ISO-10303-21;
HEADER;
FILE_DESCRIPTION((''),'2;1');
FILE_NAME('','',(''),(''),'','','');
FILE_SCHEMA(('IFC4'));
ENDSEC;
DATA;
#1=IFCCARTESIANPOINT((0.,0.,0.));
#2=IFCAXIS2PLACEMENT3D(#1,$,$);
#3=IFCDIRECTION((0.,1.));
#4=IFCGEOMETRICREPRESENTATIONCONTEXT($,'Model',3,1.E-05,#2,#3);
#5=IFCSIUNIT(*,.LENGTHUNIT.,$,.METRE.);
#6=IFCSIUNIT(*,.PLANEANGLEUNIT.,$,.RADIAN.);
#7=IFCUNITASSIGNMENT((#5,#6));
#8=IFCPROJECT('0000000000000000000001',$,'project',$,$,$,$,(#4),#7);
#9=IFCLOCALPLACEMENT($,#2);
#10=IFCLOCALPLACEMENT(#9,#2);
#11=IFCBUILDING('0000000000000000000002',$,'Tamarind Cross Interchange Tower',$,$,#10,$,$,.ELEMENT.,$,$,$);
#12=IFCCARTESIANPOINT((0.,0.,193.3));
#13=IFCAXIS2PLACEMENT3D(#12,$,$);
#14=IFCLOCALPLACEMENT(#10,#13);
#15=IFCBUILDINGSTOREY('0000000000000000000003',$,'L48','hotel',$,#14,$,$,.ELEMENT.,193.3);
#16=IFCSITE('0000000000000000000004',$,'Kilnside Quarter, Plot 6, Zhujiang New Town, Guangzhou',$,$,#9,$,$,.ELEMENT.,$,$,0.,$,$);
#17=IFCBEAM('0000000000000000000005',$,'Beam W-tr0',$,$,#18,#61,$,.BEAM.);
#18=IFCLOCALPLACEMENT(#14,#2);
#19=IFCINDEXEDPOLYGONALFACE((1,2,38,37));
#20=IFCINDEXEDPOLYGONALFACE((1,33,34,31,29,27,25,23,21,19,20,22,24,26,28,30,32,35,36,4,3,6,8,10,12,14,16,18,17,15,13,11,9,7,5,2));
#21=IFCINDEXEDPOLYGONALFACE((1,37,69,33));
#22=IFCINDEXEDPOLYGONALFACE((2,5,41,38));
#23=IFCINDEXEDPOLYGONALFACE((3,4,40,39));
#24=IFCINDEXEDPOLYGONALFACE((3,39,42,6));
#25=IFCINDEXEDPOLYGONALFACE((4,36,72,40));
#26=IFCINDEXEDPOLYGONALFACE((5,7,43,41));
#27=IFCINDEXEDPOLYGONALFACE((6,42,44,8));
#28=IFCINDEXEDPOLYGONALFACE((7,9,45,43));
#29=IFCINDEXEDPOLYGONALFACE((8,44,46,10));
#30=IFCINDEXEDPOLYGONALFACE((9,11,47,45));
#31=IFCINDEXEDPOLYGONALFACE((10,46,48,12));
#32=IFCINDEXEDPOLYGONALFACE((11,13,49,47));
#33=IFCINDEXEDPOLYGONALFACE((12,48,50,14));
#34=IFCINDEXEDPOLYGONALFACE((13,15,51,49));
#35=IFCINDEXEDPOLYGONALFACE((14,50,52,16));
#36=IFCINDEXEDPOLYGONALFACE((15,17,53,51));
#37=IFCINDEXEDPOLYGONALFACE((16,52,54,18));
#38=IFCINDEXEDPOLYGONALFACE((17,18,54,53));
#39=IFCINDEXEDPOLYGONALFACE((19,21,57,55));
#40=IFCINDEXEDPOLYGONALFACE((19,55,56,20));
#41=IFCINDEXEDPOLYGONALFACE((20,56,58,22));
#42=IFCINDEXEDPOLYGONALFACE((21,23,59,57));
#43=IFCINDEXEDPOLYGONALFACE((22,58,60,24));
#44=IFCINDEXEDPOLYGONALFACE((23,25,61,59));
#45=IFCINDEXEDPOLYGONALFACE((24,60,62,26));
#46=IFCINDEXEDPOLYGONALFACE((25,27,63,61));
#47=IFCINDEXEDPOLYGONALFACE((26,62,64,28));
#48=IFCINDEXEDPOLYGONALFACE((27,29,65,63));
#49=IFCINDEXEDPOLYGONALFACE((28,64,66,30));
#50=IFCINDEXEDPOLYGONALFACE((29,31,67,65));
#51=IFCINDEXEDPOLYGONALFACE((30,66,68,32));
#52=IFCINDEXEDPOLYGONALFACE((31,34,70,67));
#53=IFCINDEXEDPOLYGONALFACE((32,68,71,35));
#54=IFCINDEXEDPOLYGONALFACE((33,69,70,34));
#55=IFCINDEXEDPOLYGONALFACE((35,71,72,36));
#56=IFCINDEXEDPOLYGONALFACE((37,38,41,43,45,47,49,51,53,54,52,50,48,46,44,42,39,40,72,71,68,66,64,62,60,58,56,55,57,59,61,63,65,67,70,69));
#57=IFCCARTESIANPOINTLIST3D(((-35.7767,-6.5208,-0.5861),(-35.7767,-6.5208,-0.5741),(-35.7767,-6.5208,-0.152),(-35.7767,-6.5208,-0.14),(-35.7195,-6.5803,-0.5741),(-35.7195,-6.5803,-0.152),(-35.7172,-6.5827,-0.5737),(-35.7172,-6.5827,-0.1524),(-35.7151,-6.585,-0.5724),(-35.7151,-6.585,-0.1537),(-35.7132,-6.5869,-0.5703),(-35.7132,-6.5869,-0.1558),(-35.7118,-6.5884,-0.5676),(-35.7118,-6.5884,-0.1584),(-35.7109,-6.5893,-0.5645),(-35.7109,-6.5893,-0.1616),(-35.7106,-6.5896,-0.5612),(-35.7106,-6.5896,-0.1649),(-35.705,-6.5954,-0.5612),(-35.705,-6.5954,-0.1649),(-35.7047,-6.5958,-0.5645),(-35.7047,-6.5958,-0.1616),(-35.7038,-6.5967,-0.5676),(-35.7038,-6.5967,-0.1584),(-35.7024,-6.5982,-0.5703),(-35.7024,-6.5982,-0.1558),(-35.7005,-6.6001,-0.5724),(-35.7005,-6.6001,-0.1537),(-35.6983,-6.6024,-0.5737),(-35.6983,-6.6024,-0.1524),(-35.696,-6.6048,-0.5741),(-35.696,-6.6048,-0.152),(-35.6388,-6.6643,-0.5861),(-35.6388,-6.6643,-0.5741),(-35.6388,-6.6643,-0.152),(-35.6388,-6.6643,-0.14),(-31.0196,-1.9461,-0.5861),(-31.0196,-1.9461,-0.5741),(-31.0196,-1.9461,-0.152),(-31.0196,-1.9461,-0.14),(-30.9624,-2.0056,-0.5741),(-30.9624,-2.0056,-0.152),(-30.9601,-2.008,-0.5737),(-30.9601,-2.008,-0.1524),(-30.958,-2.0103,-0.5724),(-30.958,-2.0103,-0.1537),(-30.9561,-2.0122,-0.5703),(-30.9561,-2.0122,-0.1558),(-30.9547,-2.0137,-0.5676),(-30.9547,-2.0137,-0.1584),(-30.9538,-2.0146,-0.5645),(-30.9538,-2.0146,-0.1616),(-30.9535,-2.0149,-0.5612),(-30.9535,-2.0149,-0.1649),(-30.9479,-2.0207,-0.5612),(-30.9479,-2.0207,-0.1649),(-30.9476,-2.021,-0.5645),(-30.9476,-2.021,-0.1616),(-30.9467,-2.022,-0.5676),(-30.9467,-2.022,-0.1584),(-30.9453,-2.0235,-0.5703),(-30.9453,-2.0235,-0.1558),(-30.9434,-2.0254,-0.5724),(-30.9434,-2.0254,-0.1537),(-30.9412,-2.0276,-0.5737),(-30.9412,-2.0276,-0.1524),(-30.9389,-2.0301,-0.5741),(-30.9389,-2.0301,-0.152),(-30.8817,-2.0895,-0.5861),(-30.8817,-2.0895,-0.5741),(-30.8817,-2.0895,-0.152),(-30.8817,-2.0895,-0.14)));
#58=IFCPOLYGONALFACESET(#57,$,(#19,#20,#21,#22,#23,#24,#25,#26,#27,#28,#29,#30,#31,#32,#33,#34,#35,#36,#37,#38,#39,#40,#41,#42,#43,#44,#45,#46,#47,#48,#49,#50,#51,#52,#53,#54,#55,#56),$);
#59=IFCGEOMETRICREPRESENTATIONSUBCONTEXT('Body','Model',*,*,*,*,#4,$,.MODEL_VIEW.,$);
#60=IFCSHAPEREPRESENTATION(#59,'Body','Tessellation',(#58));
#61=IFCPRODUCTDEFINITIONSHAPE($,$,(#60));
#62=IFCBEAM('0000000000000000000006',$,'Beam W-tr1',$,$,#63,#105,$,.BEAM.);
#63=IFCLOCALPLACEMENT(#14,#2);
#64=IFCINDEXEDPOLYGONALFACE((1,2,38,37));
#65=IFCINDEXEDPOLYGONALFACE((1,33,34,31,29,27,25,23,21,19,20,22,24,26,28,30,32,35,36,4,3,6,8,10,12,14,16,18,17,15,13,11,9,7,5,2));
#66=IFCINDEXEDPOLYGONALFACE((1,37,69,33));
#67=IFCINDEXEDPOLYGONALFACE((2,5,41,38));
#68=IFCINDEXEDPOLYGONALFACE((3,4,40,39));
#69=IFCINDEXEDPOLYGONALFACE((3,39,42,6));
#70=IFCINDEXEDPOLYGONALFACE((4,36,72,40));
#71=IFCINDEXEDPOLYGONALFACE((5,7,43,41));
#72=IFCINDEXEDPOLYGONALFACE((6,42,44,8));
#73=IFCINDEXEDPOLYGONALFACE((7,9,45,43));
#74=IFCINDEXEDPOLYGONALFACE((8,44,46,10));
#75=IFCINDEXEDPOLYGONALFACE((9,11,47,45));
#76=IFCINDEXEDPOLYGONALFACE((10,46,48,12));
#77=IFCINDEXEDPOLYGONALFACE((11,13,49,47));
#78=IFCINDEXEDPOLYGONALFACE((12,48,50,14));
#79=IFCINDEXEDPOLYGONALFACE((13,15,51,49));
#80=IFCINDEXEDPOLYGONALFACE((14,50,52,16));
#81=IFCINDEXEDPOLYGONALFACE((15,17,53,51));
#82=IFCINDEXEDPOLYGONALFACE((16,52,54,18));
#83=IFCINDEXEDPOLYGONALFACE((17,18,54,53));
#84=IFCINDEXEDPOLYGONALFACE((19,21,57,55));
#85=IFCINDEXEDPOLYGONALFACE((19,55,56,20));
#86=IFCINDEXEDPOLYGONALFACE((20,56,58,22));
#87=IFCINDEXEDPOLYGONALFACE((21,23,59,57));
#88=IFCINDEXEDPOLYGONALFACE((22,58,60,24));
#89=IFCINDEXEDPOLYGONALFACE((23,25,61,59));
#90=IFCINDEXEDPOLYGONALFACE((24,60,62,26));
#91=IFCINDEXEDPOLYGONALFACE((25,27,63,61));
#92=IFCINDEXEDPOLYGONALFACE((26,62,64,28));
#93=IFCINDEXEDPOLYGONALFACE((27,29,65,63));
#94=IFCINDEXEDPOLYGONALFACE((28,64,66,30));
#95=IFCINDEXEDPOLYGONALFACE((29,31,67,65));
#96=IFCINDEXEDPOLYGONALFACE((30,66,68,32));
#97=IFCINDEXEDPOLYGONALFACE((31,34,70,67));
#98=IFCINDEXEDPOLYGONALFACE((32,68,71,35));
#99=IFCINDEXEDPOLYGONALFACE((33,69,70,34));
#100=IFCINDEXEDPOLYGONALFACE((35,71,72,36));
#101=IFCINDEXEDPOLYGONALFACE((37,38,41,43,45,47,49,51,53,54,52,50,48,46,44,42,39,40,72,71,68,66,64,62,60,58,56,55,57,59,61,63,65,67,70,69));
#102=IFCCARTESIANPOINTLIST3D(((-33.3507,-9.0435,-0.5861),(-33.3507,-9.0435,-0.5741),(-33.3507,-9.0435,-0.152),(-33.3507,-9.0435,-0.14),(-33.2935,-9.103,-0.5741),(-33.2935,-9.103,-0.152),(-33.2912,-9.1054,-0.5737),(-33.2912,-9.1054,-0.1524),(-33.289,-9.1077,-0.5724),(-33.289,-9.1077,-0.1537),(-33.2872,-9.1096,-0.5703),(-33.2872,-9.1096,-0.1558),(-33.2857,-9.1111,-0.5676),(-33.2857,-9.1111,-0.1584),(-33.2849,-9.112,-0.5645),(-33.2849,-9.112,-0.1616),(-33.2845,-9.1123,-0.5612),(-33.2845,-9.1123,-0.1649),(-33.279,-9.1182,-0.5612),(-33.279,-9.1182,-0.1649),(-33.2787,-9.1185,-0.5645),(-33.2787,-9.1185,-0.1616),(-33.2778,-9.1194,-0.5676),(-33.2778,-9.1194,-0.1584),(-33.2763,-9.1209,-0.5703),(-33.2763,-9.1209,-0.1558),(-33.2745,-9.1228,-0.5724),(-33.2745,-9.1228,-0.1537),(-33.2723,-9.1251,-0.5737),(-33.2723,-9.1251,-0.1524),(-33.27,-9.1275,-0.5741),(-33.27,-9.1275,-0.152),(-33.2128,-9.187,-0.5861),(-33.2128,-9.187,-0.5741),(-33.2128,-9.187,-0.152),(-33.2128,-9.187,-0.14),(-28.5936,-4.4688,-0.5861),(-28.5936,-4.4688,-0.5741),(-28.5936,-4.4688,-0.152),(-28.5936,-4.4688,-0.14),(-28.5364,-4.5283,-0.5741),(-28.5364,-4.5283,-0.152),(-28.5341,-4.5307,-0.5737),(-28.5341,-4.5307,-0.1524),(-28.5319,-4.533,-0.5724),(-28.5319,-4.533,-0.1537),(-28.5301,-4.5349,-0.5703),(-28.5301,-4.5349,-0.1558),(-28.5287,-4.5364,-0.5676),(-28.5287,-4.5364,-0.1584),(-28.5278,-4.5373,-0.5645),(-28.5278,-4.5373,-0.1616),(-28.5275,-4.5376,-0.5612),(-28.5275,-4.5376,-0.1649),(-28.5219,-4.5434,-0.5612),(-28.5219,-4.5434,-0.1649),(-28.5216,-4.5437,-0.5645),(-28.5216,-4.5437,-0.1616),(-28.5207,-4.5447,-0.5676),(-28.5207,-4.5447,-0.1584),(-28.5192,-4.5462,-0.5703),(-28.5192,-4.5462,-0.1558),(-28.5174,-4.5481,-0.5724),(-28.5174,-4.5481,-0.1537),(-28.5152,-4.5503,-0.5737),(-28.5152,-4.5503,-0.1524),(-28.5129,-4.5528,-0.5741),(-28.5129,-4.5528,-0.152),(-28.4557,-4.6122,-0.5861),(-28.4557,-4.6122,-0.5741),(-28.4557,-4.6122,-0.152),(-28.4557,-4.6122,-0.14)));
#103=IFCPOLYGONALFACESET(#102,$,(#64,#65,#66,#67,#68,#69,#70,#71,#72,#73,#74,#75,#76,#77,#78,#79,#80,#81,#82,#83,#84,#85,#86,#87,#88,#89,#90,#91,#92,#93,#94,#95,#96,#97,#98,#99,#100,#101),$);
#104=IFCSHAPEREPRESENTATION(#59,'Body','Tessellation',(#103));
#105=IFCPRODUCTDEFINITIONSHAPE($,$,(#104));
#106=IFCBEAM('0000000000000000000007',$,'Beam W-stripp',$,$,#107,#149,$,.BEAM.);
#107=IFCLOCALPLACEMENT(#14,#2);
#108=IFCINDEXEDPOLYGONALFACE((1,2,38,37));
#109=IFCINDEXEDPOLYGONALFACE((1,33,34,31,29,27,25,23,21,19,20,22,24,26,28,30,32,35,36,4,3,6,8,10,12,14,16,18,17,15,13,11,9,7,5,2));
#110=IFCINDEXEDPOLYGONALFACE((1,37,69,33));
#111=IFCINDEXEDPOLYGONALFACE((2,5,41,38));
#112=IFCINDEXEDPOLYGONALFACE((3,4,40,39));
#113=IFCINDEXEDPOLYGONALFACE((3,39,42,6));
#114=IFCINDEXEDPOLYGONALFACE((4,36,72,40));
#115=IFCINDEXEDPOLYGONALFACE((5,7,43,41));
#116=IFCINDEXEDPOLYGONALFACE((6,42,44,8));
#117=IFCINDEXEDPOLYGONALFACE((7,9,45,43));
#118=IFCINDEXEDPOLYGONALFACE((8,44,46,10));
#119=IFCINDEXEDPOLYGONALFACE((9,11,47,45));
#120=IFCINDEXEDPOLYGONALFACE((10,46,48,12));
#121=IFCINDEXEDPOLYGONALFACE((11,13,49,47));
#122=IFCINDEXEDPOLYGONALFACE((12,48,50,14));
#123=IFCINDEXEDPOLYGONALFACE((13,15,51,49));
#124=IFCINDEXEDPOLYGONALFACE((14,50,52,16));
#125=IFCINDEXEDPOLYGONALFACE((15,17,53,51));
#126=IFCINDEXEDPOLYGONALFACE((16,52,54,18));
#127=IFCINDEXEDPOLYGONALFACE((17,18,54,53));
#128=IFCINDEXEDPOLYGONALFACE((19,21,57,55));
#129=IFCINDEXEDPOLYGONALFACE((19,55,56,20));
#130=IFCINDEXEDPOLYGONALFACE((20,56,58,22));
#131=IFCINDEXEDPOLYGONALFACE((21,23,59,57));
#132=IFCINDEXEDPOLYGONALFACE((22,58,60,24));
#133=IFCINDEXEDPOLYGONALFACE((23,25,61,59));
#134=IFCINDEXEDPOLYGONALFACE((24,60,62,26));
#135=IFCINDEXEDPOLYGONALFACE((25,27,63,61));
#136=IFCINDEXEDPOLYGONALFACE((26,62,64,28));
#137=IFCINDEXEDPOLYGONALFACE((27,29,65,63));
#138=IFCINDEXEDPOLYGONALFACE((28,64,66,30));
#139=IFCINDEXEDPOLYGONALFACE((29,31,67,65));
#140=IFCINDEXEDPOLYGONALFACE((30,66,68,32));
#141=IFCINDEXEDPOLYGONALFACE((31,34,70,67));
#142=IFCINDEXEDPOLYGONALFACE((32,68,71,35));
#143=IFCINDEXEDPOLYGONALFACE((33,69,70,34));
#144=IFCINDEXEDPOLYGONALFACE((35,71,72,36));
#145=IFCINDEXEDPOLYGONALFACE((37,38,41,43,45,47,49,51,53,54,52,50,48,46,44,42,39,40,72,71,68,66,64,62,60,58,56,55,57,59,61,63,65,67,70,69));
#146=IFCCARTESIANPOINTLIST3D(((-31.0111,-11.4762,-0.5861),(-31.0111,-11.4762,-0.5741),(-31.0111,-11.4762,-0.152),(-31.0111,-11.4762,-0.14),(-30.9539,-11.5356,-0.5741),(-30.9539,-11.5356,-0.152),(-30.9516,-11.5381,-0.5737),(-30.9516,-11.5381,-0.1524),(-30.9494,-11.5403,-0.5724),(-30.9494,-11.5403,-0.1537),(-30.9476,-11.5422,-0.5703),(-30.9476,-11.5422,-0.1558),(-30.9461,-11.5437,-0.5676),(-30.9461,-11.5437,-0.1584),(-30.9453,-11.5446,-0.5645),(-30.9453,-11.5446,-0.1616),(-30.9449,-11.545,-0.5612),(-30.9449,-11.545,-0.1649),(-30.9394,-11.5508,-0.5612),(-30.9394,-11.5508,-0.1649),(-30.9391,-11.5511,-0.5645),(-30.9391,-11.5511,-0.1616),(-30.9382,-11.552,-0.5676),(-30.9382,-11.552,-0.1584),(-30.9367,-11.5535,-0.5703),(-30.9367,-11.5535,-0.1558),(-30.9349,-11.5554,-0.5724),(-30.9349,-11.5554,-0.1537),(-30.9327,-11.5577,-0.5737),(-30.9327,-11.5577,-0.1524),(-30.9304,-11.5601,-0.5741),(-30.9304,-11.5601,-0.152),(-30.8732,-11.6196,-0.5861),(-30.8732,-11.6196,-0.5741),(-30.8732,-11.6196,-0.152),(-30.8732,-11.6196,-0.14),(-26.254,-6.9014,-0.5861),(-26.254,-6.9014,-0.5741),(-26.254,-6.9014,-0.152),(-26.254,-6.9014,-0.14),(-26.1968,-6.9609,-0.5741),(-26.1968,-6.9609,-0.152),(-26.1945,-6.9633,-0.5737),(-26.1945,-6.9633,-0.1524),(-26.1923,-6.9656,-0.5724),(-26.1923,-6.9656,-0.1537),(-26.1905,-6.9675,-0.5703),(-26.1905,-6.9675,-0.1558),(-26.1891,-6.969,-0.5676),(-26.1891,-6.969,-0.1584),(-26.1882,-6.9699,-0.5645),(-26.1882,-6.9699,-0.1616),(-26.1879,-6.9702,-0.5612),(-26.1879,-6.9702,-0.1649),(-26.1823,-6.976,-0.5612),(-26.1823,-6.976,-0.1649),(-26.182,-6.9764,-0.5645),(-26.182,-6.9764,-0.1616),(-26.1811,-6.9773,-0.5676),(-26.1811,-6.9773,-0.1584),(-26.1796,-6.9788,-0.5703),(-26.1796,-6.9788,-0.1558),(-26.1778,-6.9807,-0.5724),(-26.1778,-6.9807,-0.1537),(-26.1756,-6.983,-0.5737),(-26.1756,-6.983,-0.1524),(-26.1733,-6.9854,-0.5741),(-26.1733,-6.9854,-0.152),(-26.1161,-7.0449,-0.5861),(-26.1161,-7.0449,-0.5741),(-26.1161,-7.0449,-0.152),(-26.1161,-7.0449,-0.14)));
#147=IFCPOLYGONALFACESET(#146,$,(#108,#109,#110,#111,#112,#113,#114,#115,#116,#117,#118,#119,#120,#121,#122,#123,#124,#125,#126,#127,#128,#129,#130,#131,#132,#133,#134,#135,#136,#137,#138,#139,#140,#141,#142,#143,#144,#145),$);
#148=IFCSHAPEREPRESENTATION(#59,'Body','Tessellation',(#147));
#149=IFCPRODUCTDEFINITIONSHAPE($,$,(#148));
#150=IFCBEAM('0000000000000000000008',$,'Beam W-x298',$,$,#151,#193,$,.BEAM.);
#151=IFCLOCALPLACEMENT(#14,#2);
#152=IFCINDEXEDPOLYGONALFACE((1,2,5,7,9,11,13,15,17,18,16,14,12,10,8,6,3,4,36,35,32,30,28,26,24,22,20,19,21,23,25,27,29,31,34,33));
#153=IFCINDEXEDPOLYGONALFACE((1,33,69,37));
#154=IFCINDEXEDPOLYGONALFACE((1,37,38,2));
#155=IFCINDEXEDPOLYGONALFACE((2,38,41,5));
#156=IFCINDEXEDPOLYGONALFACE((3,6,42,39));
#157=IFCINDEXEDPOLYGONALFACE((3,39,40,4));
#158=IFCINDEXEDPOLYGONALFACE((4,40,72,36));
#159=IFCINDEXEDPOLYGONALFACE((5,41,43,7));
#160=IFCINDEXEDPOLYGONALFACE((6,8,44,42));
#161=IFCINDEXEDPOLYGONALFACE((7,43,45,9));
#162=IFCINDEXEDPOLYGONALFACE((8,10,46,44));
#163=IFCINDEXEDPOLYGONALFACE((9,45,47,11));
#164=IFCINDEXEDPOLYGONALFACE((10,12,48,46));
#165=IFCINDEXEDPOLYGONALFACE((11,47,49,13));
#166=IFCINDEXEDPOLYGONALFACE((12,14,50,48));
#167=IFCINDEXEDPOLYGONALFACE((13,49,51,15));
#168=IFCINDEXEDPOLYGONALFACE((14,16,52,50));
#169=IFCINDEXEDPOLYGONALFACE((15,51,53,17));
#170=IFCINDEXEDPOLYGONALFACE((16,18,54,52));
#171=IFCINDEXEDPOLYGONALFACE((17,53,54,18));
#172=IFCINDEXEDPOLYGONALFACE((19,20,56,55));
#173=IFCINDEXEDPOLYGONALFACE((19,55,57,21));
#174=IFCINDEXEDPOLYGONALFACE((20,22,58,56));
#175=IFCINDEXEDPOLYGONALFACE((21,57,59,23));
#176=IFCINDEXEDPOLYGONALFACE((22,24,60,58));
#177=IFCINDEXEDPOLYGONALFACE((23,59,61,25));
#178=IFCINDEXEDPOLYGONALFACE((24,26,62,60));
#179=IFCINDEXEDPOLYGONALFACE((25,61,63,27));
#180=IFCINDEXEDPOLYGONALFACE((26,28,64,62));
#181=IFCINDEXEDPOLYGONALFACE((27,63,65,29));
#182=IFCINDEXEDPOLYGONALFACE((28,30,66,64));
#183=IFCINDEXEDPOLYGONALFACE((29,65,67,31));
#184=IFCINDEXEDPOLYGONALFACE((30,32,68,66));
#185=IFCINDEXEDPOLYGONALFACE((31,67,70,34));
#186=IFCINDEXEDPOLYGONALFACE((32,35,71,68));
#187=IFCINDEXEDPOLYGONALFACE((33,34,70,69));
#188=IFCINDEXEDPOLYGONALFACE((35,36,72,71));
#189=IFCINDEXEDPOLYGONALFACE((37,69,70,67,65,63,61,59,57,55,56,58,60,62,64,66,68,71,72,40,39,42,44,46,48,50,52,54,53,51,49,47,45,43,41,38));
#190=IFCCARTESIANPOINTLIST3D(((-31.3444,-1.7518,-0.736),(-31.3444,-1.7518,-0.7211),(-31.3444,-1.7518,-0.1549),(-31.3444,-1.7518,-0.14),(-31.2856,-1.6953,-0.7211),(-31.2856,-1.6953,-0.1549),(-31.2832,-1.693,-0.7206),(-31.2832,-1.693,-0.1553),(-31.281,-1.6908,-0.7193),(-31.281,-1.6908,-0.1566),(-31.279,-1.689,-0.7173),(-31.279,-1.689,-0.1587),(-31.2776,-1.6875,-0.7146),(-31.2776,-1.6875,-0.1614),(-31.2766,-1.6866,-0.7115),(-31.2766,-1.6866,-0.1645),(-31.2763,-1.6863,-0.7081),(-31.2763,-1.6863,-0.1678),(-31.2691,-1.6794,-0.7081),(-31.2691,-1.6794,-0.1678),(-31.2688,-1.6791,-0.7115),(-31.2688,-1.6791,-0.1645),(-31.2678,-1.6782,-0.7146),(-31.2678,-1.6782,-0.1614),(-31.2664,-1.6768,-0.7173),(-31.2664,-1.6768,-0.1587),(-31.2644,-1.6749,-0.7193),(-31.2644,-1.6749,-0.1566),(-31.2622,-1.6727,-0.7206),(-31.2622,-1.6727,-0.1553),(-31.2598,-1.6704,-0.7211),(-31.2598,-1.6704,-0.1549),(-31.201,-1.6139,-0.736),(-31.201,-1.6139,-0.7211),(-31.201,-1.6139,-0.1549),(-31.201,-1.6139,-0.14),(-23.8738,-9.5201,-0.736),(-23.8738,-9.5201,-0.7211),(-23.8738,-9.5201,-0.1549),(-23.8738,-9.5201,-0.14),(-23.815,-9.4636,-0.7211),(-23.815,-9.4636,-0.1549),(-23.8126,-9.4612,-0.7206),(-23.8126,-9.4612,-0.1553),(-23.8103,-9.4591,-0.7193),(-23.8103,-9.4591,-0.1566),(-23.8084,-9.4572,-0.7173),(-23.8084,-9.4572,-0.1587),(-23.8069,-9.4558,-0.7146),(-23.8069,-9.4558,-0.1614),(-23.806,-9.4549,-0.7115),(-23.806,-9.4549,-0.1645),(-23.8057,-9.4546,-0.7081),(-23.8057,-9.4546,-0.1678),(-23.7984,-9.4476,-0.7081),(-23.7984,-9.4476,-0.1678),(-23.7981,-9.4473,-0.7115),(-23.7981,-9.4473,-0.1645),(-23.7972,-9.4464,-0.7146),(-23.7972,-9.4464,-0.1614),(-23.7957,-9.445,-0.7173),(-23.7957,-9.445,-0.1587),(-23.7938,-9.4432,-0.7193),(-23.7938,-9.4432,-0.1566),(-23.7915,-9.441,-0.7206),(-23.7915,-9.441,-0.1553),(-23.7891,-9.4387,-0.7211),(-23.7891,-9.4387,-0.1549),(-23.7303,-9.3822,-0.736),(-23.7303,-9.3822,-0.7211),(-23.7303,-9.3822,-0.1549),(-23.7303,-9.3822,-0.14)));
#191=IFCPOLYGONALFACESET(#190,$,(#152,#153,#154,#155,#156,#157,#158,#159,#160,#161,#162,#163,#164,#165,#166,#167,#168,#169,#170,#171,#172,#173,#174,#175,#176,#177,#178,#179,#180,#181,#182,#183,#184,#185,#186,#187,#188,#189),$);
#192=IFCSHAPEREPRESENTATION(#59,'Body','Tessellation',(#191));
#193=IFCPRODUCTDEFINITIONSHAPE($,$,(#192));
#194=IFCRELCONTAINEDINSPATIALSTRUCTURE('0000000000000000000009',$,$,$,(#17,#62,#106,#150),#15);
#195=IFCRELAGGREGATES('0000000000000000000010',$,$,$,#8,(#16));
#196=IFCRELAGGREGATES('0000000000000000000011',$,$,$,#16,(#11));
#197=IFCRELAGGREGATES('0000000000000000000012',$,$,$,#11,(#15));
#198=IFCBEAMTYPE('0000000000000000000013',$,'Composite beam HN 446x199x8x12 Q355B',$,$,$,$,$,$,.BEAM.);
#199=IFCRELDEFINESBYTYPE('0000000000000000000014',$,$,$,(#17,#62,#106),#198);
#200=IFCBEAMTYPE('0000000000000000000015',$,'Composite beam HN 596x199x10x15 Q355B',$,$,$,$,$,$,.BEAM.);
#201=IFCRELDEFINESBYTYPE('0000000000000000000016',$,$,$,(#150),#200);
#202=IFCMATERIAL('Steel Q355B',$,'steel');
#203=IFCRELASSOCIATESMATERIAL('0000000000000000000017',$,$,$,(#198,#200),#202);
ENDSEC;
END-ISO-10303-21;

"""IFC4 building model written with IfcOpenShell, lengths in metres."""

from ifc_helpers import new_model, si_unit, direction, frame, origin, origin_2d, place, context, subcontext, project, spatial, i_section, extrude, material, material_profile, profile_set, type_object, element, save


model = new_model("IFC4")

# Units and contexts
model_context = context("Model", 3, precision=1e-05, world=origin(), true_north=direction((0.0, 1.0)))
body_context = subcontext(model_context, "Body", "Model", "MODEL_VIEW")
ifc_project = project(units=[si_unit("LENGTHUNIT", "METRE"), si_unit("PLANEANGLEUNIT", "RADIAN")], contexts=[model_context])

# Site, building, storey
site_placement = place(None, origin())
site = spatial("IfcSite", under=ifc_project, at=site_placement, Name="Kilnside Quarter, Plot 6, Zhujiang New Town, Guangzhou", CompositionType="ELEMENT", RefElevation=0.0)
building_placement = place(site_placement, origin())
building = spatial("IfcBuilding", under=site, at=building_placement, Name="Tamarind Cross Interchange Tower", CompositionType="ELEMENT")
storey_placement = place(building_placement, frame((0.0, 0.0, 193.3)))
storey = spatial("IfcBuildingStorey", under=building, at=storey_placement, Name="L48", Description="hotel", CompositionType="ELEMENT", Elevation=193.3)

# Beams
ifc_material_1 = material(Name="Steel Q355B", Category="steel")
ifc_material_profile_1 = material_profile(ifc_material_1, i_section(OverallWidth=0.199, OverallDepth=0.446, WebThickness=0.0081, FlangeThickness=0.012, FilletRadius=0.0129, at=origin_2d()), Name="HN 446x199x8x12")
ifc_profile_set_1 = profile_set([ifc_material_profile_1], Name="Steel Q355B")
beam_type_1 = type_object("IfcBeamType", Name="Composite beam HN 446x199x8x12 Q355B", PredefinedType="BEAM", material=ifc_profile_set_1)
for number, where, z_axis, x_axis, name in (
    (1, (-30.9507, -2.0178, -0.363), (-0.720788, -0.693155, 0.0), (0.693155, -0.720788, 0.0), "Beam W-tr0"),
    (2, (-28.5247, -4.5405, -0.363), (-0.720788, -0.693155, 0.0), (0.693155, -0.720788, 0.0), "Beam W-tr1"),
    (3, (-26.1851, -6.9731, -0.363), (-0.720788, -0.693155, 0.0), (0.693155, -0.720788, 0.0), "Beam W-stripp"),
):
    element("IfcBeam", number, at=place(storey_placement, frame(where, z_axis=z_axis, x_axis=x_axis)), inside=storey, type_object=beam_type_1, Name=name, PredefinedType="BEAM", context=body_context, shape_type="SweptSolid", body=[
        extrude(i_section(OverallWidth=0.199, OverallDepth=0.446, WebThickness=0.0081, FlangeThickness=0.012, FilletRadius=0.0129, at=origin_2d()), origin(), (0.0, 0.0, 1.0), 6.5999),
    ])
ifc_material_profile_2 = material_profile(ifc_material_1, i_section(OverallWidth=0.199, OverallDepth=0.5959, WebThickness=0.01, FlangeThickness=0.0149, FilletRadius=0.0129, at=origin_2d()), Name="HN 596x199x10x15")
ifc_profile_set_2 = profile_set([ifc_material_profile_2], Name="Steel Q355B")
beam_type_2 = type_object("IfcBeamType", Name="Composite beam HN 596x199x10x15 Q355B", PredefinedType="BEAM", material=ifc_profile_set_2)
beam_placement = place(storey_placement, frame((-31.2727, -1.6829, -0.438), z_axis=(0.693165, -0.720779, 0.0), x_axis=(0.720779, 0.693165, 0.0)))
element("IfcBeam", 4, at=beam_placement, inside=storey, type_object=beam_type_2, Name="Beam W-x298", PredefinedType="BEAM", context=body_context, shape_type="SweptSolid", body=[
    extrude(i_section(OverallWidth=0.199, OverallDepth=0.5959, WebThickness=0.01, FlangeThickness=0.0149, FilletRadius=0.0129, at=origin_2d()), origin(), (0.0, 0.0, 1.0), 10.7776),
])

save(model, "model.ifc")
